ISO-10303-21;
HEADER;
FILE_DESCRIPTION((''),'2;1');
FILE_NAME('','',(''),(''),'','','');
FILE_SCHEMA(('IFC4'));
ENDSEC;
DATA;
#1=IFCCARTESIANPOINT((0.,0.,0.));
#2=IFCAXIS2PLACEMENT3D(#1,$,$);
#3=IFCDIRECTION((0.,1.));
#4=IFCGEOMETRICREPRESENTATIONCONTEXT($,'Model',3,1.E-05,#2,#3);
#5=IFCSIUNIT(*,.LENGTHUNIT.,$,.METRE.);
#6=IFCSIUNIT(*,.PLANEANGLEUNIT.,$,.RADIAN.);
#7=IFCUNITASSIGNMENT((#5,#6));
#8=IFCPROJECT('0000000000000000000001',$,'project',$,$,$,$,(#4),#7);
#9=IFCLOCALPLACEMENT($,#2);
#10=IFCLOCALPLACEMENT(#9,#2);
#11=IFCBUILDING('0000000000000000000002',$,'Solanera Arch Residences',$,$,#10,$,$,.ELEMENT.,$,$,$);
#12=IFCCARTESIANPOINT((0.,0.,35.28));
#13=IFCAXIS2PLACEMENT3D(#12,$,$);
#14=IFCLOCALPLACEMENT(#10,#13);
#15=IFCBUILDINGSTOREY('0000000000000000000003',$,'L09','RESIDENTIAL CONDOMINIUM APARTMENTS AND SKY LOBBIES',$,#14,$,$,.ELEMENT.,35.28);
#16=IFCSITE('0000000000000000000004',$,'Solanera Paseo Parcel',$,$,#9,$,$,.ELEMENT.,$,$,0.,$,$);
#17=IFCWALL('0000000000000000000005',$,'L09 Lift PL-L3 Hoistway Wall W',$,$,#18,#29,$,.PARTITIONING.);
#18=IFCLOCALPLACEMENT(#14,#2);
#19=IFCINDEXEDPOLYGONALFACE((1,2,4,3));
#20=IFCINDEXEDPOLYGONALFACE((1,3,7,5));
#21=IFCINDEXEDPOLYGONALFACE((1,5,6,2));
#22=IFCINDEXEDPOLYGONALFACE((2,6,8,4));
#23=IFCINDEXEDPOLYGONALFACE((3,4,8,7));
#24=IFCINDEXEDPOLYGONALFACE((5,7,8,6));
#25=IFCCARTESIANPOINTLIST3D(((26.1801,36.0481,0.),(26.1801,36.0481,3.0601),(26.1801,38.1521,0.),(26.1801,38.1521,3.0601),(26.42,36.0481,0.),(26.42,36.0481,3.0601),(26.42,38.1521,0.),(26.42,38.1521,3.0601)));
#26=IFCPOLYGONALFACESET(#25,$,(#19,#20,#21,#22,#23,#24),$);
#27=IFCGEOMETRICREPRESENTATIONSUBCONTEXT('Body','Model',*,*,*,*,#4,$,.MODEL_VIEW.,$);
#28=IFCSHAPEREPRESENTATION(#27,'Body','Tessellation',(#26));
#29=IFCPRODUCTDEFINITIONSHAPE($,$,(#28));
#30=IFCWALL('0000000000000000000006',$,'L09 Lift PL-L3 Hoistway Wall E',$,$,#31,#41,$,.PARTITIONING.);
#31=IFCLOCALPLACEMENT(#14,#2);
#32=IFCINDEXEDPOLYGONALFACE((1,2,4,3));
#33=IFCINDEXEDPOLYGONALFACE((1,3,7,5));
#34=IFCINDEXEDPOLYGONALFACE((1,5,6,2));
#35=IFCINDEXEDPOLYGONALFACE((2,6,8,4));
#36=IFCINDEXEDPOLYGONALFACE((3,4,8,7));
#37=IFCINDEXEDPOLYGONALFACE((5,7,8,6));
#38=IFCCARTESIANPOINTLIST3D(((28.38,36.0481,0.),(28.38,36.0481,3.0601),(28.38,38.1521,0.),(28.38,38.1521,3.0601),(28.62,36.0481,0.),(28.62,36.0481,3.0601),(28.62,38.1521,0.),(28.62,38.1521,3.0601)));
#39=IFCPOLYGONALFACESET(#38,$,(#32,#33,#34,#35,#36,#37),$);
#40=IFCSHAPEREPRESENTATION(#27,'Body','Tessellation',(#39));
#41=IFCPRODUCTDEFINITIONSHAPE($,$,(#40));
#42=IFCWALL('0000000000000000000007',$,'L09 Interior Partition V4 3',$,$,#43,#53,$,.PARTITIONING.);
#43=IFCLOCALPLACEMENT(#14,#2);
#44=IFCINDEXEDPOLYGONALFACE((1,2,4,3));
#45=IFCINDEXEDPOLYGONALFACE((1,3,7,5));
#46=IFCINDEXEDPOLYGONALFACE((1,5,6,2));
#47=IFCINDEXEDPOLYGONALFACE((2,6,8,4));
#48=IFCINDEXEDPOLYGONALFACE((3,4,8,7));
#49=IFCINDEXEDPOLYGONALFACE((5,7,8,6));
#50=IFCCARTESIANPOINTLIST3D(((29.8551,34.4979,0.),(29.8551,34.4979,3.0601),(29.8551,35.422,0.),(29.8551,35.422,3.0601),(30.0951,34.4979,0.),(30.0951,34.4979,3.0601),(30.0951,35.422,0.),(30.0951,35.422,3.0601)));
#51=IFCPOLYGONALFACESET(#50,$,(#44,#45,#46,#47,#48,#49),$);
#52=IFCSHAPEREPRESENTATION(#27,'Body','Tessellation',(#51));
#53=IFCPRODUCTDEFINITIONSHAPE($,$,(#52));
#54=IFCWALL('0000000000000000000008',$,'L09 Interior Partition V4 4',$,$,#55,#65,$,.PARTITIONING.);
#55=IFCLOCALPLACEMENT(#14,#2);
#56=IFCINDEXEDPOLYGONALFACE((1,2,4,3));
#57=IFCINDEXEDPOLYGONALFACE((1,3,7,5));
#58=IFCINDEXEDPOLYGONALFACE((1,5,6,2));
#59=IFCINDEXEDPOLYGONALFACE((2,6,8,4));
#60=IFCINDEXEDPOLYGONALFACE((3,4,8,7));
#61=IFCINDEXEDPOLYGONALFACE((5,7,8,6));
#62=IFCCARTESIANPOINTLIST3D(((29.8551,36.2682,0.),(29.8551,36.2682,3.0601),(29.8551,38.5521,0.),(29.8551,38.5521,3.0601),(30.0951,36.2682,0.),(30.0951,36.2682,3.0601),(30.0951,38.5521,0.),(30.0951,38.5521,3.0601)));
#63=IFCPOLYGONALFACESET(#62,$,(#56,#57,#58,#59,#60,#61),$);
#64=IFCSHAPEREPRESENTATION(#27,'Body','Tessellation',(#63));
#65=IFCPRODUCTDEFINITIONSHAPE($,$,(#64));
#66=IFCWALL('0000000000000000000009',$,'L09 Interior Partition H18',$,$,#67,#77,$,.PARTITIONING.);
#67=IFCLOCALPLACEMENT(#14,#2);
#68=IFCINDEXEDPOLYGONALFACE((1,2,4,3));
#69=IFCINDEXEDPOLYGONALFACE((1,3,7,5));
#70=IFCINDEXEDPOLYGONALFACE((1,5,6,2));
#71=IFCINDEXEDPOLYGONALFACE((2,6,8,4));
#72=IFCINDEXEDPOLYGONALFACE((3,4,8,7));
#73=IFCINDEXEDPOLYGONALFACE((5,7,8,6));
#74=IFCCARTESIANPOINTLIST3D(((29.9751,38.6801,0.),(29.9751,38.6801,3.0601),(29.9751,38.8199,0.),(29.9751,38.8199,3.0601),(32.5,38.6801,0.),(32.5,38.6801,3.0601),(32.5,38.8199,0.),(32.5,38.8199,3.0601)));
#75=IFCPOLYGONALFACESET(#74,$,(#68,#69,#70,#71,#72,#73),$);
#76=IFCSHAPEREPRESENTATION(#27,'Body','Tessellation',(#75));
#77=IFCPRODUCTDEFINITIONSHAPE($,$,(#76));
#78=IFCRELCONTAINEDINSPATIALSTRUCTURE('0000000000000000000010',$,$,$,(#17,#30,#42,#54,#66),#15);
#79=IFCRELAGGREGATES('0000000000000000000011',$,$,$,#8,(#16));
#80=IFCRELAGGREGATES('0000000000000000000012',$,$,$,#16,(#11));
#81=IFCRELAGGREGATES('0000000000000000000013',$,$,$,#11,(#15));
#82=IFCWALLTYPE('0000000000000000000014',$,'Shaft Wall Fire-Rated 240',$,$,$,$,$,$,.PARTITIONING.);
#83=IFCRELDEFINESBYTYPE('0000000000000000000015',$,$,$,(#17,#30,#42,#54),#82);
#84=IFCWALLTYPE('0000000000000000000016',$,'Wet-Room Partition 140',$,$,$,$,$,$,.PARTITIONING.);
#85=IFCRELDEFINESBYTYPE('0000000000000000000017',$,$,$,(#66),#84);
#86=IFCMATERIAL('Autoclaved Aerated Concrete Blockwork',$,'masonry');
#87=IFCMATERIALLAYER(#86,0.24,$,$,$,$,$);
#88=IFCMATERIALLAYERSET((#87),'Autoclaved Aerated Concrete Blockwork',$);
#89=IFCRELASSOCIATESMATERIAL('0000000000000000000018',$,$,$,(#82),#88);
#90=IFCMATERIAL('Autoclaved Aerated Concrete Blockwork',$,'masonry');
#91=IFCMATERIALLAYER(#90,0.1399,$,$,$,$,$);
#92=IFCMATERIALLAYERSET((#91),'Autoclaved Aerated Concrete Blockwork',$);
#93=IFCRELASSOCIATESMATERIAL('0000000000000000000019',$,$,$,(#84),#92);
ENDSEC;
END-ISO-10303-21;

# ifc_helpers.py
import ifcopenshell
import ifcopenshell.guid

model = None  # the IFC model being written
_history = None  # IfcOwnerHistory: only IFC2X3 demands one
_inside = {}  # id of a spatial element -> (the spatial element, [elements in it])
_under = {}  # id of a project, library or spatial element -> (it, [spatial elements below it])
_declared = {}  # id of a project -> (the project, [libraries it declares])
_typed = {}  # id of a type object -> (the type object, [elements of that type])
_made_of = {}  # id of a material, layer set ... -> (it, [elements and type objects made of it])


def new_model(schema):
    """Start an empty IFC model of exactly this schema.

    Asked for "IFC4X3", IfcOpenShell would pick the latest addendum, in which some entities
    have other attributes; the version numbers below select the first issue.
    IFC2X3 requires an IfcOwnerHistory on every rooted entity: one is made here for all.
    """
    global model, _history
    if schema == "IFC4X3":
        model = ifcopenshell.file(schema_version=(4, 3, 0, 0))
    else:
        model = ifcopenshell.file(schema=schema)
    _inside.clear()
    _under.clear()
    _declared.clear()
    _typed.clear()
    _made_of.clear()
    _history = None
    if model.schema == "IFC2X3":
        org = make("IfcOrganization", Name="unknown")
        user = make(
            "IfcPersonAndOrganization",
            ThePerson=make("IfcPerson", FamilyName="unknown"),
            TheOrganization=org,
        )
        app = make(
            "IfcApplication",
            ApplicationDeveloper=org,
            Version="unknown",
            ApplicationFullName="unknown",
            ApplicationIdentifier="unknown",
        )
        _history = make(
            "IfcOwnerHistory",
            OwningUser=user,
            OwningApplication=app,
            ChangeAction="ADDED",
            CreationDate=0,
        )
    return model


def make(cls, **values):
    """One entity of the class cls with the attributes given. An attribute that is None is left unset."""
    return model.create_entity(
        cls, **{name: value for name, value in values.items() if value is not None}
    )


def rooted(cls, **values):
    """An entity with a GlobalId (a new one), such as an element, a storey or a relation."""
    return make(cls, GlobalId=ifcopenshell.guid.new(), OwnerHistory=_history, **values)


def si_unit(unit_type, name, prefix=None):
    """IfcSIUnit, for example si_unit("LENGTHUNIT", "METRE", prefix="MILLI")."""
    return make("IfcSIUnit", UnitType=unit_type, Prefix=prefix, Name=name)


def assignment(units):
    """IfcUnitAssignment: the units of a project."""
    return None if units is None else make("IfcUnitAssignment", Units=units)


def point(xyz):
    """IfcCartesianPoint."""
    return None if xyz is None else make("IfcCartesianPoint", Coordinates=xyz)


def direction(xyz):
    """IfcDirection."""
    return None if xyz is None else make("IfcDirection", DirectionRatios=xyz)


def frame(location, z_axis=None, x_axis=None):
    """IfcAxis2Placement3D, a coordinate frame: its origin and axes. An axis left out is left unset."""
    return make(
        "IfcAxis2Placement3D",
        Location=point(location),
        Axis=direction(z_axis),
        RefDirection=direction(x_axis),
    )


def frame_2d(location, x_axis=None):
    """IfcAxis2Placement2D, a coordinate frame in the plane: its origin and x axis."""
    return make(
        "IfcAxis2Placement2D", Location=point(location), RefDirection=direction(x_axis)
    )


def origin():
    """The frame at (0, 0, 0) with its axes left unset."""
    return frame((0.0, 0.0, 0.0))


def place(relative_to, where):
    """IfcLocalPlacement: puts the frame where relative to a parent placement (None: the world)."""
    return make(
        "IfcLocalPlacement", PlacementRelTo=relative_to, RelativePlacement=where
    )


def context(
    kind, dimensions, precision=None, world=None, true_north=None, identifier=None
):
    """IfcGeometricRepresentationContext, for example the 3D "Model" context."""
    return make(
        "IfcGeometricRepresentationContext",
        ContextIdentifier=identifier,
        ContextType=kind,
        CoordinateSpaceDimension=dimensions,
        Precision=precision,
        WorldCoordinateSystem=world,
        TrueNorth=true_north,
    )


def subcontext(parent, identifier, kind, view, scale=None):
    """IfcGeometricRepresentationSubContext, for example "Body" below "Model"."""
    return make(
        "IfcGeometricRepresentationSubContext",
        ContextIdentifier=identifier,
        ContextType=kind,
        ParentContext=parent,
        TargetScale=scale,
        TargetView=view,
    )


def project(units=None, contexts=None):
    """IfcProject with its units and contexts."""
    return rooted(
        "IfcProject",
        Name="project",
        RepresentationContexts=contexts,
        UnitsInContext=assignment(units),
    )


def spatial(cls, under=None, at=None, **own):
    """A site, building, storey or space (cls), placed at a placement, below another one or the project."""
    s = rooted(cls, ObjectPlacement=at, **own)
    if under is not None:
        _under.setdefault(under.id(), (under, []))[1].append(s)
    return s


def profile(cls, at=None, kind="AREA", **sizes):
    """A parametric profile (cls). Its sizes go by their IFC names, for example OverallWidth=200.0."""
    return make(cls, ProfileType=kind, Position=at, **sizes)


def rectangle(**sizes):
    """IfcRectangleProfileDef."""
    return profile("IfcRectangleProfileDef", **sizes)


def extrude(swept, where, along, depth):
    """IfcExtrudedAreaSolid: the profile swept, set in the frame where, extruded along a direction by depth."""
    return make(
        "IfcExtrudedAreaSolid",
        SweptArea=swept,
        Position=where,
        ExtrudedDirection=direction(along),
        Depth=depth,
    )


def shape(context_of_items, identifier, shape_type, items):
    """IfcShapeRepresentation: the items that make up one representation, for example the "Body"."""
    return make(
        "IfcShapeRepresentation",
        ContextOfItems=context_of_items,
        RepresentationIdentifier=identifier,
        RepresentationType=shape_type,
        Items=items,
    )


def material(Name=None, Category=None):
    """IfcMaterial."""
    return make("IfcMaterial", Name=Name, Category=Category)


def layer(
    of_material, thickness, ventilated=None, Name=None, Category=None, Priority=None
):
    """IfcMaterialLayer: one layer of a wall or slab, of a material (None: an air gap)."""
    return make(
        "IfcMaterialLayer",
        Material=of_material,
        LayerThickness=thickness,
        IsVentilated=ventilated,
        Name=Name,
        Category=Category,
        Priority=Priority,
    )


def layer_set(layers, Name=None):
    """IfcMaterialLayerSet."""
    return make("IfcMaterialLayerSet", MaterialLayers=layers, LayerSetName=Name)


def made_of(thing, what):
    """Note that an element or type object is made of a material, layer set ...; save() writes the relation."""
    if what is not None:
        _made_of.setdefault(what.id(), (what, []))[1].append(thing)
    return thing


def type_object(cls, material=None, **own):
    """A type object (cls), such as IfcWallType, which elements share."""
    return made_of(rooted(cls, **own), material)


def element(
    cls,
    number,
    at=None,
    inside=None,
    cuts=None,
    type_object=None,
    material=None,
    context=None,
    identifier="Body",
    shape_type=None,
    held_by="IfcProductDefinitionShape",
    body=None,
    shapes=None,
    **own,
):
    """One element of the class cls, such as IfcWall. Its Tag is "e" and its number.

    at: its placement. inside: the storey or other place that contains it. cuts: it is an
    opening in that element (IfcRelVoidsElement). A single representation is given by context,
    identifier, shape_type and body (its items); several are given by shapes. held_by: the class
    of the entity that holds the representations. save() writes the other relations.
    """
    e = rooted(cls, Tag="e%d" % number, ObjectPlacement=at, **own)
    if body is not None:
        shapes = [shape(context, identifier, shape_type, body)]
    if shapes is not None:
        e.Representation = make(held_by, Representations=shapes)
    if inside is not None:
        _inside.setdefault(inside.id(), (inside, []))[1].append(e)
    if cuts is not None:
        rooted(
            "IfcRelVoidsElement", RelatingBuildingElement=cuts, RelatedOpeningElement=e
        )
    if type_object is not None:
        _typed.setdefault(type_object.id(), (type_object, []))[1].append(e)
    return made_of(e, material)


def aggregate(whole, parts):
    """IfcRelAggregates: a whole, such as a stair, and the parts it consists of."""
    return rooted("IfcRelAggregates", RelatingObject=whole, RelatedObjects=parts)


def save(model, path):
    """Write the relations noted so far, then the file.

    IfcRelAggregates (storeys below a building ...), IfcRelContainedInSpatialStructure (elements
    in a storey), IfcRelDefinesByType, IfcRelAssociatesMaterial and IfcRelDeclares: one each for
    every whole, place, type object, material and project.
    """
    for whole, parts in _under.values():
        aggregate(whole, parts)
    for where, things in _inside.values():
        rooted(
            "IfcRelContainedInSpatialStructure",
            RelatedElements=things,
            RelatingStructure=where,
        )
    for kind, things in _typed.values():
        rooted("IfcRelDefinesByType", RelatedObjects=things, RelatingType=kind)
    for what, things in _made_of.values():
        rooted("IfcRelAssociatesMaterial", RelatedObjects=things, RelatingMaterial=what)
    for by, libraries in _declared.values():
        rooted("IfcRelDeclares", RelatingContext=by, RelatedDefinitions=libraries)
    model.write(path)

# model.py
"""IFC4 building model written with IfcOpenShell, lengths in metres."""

from ifc_helpers import new_model, si_unit, direction, frame, frame_2d, origin, place, context, subcontext, project, spatial, rectangle, extrude, material, layer, layer_set, type_object, element, save


model = new_model("IFC4")

# Units and contexts
model_context = context("Model", 3, precision=1e-05, world=origin(), true_north=direction((0.0, 1.0)))
body_context = subcontext(model_context, "Body", "Model", "MODEL_VIEW")
ifc_project = project(units=[si_unit("LENGTHUNIT", "METRE"), si_unit("PLANEANGLEUNIT", "RADIAN")], contexts=[model_context])

# Site, building, storey
site_placement = place(None, origin())
site = spatial("IfcSite", under=ifc_project, at=site_placement, Name="Solanera Paseo Parcel", CompositionType="ELEMENT", RefElevation=0.0)
building_placement = place(site_placement, origin())
building = spatial("IfcBuilding", under=site, at=building_placement, Name="Solanera Arch Residences", CompositionType="ELEMENT")
storey_placement = place(building_placement, frame((0.0, 0.0, 35.28)))
storey = spatial("IfcBuildingStorey", under=building, at=storey_placement, Name="L09", Description="RESIDENTIAL CONDOMINIUM APARTMENTS AND SKY LOBBIES", CompositionType="ELEMENT", Elevation=35.28)

# Walls
ifc_material_1 = material(Name="Autoclaved Aerated Concrete Blockwork", Category="masonry")
ifc_layer_1 = layer(ifc_material_1, 0.24)
ifc_layer_set_1 = layer_set([ifc_layer_1], Name="Autoclaved Aerated Concrete Blockwork")
wall_type_1 = type_object("IfcWallType", Name="Shaft Wall Fire-Rated 240", PredefinedType="PARTITIONING", material=ifc_layer_set_1)
for number, where, z_axis, x_axis, name in (
    (1, (26.3, 36.0481, 0.0), (0.0, 0.0, 1.0), (0.0, 1.0, 0.0), "L09 Lift PL-L3 Hoistway Wall W"),
    (2, (28.5, 36.0481, 0.0), (0.0, 0.0, 1.0), (0.0, 1.0, 0.0), "L09 Lift PL-L3 Hoistway Wall E"),
):
    element("IfcWall", number, at=place(storey_placement, frame(where, z_axis=z_axis, x_axis=x_axis)), inside=storey, type_object=wall_type_1, Name=name, PredefinedType="PARTITIONING", context=body_context, shape_type="SweptSolid", body=[
        extrude(rectangle(XDim=2.104, YDim=0.24, at=frame_2d((1.052, 0.0))), origin(), (0.0, 0.0, 1.0), 3.0601),
    ])

# Walls
wall_1_placement = place(storey_placement, frame((29.9751, 34.498, 0.0), z_axis=(0.0, 0.0, 1.0), x_axis=(0.0, 1.0, 0.0)))
element("IfcWall", 3, at=wall_1_placement, inside=storey, type_object=wall_type_1, Name="L09 Interior Partition V4 3", PredefinedType="PARTITIONING", context=body_context, shape_type="SweptSolid", body=[
    extrude(rectangle(XDim=0.9241, YDim=0.24, at=frame_2d((0.4619, 0.0))), origin(), (0.0, 0.0, 1.0), 3.0601),
])
wall_2_placement = place(storey_placement, frame((29.9751, 36.2681, 0.0), z_axis=(0.0, 0.0, 1.0), x_axis=(0.0, 1.0, 0.0)))
element("IfcWall", 4, at=wall_2_placement, inside=storey, type_object=wall_type_1, Name="L09 Interior Partition V4 4", PredefinedType="PARTITIONING", context=body_context, shape_type="SweptSolid", body=[
    extrude(rectangle(XDim=2.2839, YDim=0.24, at=frame_2d((1.1421, 0.0))), origin(), (0.0, 0.0, 1.0), 3.0601),
])
ifc_material_2 = material(Name="Autoclaved Aerated Concrete Blockwork", Category="masonry")
ifc_layer_2 = layer(ifc_material_2, 0.1399)
ifc_layer_set_2 = layer_set([ifc_layer_2], Name="Autoclaved Aerated Concrete Blockwork")
wall_type_2 = type_object("IfcWallType", Name="Wet-Room Partition 140", PredefinedType="PARTITIONING", material=ifc_layer_set_2)
wall_3_placement = place(storey_placement, frame((29.9751, 38.75, 0.0), z_axis=(0.0, 0.0, 1.0), x_axis=(1.0, 0.0, 0.0)))
element("IfcWall", 5, at=wall_3_placement, inside=storey, type_object=wall_type_2, Name="L09 Interior Partition H18", PredefinedType="PARTITIONING", context=body_context, shape_type="SweptSolid", body=[
    extrude(rectangle(XDim=2.5249, YDim=0.1399, at=frame_2d((1.2625, 0.0))), origin(), (0.0, 0.0, 1.0), 3.0601),
])

save(model, "model.ifc")
